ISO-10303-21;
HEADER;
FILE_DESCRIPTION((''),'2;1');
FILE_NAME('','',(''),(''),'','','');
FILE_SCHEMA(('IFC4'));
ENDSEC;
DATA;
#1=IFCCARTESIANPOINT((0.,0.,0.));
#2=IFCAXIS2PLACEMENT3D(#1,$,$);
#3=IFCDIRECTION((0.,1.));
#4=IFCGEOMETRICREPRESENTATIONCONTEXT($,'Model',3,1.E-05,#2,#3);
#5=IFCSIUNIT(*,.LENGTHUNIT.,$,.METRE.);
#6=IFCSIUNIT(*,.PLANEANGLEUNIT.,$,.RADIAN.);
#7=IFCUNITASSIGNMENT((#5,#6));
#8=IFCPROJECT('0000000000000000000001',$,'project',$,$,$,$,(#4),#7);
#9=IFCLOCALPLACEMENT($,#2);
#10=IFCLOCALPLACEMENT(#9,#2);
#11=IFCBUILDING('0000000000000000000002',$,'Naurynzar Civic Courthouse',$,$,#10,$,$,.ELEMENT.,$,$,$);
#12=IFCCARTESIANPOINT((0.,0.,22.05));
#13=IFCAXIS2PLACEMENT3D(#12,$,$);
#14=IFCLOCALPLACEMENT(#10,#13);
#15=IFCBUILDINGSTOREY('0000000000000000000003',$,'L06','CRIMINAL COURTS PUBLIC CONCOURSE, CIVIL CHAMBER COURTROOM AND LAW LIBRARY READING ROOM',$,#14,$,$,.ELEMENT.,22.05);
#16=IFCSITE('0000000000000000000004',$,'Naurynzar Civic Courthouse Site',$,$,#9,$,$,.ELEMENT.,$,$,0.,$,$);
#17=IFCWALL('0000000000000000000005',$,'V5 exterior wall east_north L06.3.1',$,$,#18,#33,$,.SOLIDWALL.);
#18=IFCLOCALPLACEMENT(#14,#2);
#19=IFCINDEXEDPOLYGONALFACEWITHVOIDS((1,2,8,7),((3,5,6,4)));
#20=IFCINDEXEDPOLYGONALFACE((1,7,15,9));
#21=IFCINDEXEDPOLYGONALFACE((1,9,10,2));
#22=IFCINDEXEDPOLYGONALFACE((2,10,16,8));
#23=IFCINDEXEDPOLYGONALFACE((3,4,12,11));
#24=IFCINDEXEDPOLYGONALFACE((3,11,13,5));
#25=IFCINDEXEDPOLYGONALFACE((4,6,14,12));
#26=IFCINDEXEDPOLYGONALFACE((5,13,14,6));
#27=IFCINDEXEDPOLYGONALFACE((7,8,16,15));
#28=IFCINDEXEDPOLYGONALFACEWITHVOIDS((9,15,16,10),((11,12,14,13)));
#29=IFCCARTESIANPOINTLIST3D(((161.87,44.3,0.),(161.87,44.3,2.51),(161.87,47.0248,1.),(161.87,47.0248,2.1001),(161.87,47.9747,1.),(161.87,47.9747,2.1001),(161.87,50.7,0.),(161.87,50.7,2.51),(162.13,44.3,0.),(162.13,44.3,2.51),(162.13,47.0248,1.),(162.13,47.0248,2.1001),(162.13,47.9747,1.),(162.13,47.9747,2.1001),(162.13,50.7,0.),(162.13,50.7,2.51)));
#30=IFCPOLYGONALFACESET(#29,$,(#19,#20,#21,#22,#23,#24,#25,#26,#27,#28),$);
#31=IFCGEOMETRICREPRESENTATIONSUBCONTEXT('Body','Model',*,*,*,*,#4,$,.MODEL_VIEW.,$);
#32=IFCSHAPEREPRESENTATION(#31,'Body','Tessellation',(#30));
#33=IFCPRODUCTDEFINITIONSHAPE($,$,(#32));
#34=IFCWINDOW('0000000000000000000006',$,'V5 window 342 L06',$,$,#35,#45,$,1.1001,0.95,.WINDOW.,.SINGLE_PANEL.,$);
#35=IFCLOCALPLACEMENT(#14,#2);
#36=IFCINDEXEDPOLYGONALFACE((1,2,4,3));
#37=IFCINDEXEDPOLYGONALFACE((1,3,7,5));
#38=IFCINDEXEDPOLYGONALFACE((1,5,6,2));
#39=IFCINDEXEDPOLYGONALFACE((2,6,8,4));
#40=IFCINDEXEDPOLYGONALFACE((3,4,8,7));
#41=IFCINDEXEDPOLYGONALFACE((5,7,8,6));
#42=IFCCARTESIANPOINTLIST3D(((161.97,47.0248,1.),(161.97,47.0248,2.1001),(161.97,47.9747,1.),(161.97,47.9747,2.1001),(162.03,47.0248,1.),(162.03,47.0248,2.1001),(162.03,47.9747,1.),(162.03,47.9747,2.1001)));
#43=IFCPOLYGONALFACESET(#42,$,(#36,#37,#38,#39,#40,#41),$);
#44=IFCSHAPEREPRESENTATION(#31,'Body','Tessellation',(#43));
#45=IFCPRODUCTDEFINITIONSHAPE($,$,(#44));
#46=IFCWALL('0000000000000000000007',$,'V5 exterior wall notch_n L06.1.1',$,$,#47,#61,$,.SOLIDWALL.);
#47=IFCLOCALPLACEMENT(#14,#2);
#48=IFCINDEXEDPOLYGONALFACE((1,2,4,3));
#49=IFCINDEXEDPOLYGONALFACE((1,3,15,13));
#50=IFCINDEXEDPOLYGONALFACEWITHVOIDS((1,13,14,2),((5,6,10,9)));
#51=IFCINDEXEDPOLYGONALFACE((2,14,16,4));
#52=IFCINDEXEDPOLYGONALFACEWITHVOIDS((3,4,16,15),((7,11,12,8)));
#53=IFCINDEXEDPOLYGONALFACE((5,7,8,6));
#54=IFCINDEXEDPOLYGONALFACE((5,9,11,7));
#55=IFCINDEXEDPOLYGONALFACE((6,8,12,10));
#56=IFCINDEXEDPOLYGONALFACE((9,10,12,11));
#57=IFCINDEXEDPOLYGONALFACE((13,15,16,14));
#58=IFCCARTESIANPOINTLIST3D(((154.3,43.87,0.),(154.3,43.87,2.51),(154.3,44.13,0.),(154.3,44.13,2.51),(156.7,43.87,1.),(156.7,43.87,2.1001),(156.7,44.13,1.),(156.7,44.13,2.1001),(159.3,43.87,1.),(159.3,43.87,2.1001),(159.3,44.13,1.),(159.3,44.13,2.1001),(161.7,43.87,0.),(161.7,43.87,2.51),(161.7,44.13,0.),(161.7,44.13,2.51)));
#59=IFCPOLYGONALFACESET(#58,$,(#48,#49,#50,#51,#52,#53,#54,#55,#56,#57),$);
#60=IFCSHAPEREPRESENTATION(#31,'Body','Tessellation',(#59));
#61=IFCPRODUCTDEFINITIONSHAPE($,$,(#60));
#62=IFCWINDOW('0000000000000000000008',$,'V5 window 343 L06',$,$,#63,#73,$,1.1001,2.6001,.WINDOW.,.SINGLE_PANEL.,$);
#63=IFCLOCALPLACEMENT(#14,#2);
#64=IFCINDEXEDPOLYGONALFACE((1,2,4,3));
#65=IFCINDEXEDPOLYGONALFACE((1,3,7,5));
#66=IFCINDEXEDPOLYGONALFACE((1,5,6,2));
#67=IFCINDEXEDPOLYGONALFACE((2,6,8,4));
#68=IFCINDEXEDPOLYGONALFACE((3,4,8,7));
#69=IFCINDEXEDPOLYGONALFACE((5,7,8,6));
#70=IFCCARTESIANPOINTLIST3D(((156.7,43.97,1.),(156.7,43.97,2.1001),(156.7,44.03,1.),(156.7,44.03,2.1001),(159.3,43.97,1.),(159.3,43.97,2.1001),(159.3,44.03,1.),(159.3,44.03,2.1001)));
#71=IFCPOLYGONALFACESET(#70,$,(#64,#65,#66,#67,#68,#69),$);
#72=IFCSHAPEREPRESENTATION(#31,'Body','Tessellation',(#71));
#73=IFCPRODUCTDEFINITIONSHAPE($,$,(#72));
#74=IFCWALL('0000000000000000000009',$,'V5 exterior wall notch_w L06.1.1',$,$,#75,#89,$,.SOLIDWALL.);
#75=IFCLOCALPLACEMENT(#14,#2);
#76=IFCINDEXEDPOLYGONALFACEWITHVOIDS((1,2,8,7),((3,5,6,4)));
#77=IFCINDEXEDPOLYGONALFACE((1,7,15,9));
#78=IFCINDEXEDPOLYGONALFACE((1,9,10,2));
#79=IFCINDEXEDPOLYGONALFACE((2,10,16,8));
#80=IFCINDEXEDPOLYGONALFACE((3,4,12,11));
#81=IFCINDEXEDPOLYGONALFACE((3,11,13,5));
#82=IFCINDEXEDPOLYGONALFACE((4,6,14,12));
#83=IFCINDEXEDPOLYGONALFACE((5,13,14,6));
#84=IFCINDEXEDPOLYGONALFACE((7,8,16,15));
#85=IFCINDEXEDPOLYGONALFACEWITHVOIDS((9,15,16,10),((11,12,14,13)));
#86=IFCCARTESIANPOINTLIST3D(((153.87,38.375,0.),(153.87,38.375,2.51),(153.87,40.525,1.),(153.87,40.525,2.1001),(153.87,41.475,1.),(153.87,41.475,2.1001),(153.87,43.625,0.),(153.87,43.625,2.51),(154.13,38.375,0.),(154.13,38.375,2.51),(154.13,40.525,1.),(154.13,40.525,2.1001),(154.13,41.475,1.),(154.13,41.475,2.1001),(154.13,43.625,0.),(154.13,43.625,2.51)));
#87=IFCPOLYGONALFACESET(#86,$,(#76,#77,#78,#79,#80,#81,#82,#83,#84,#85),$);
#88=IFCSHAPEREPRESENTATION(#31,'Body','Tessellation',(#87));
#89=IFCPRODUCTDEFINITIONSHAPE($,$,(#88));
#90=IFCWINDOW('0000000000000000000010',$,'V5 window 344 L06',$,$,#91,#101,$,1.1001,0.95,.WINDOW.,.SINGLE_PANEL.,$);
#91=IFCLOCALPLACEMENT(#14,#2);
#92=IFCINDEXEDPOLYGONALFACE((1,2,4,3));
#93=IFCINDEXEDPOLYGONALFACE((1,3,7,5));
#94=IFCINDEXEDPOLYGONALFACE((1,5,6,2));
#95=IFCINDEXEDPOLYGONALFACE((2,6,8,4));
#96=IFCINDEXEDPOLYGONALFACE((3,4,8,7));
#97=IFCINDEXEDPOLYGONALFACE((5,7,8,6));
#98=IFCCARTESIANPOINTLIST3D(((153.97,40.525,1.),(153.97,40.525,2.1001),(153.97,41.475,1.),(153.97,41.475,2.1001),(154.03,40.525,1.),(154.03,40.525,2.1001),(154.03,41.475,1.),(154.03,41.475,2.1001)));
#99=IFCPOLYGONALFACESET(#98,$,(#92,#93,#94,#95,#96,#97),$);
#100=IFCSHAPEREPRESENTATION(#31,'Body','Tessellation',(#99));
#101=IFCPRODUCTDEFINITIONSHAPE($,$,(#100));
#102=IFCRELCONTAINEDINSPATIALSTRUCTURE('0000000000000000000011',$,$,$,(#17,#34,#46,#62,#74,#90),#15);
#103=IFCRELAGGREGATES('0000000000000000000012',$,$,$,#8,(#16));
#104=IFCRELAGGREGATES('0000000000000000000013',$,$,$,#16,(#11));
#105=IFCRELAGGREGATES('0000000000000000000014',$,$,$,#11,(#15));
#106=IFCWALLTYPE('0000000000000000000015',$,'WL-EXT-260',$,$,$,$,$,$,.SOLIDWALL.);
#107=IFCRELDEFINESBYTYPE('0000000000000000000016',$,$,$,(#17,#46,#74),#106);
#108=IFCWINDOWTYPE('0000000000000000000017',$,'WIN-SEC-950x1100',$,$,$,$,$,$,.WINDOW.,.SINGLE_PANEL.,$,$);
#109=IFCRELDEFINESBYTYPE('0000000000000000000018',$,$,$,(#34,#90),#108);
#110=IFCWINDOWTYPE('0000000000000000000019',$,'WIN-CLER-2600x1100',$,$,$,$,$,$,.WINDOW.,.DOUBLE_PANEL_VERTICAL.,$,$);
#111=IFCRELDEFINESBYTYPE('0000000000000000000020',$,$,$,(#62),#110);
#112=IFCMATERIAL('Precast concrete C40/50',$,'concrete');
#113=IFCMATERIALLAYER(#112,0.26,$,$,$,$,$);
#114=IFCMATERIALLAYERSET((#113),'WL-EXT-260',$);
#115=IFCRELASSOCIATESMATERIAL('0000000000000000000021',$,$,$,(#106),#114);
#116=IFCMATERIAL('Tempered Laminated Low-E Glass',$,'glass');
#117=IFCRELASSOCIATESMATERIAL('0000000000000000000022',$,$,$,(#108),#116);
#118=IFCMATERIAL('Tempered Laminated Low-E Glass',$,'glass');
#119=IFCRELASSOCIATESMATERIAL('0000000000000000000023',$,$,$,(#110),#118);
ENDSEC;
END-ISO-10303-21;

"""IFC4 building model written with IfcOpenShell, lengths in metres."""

from ifc_helpers import new_model, si_unit, direction, frame, frame_2d, origin, place, context, subcontext, project, spatial, rectangle, extrude, material, layer, layer_set, type_object, element, fill, save


model = new_model("IFC4")

# Units and contexts
model_context = context("Model", 3, precision=1e-05, world=origin(), true_north=direction((0.0, 1.0)))
body_context = subcontext(model_context, "Body", "Model", "MODEL_VIEW")
ifc_project = project(units=[si_unit("LENGTHUNIT", "METRE"), si_unit("PLANEANGLEUNIT", "RADIAN")], contexts=[model_context])

# Site, building, storey
site_placement = place(None, origin())
site = spatial("IfcSite", under=ifc_project, at=site_placement, Name="Naurynzar Civic Courthouse Site", CompositionType="ELEMENT", RefElevation=0.0)
building_placement = place(site_placement, origin())
building = spatial("IfcBuilding", under=site, at=building_placement, Name="Naurynzar Civic Courthouse", CompositionType="ELEMENT")
storey_placement = place(building_placement, frame((0.0, 0.0, 22.05)))
storey = spatial("IfcBuildingStorey", under=building, at=storey_placement, Name="L06", Description="CRIMINAL COURTS PUBLIC CONCOURSE, CIVIL CHAMBER COURTROOM AND LAW LIBRARY READING ROOM", CompositionType="ELEMENT", Elevation=22.05)

# Walls, openings, windows
ifc_material_1 = material(Name="Precast concrete C40/50", Category="concrete")
ifc_layer_1 = layer(ifc_material_1, 0.26)
ifc_layer_set_1 = layer_set([ifc_layer_1], Name="WL-EXT-260")
wall_type_1 = type_object("IfcWallType", Name="WL-EXT-260", PredefinedType="SOLIDWALL", material=ifc_layer_set_1)
wall_1_placement = place(storey_placement, frame((162.0, 50.7, 0.0), z_axis=(0.0, 0.0, 1.0), x_axis=(0.0, -1.0, 0.0)))
wall_1 = element("IfcWall", 1, at=wall_1_placement, inside=storey, type_object=wall_type_1, Name="V5 exterior wall east_north L06.3.1", PredefinedType="SOLIDWALL", context=body_context, shape_type="SweptSolid", body=[
    extrude(rectangle(XDim=6.3999, YDim=0.26, at=frame_2d((3.2, 0.0))), origin(), (0.0, 0.0, 1.0), 2.51),
])
opening_1_placement = place(wall_1_placement, frame((2.7251, 0.0, 1.0)))
opening_1 = element("IfcOpeningElement", 2, at=opening_1_placement, cuts=wall_1, PredefinedType="OPENING", context=body_context, shape_type="SweptSolid", body=[
    extrude(rectangle(XDim=0.95, YDim=1.1001, at=frame_2d((0.4751, 0.55))), frame((0.0, 0.1399, 0.0), z_axis=(0.0, -1.0, 0.0), x_axis=(1.0, 0.0, 0.0)), (0.0, 0.0, 1.0), 0.28),
])
ifc_material_2 = material(Name="Tempered Laminated Low-E Glass", Category="glass")
window_type_1 = type_object("IfcWindowType", Name="WIN-SEC-950x1100", PartitioningType="SINGLE_PANEL", PredefinedType="WINDOW", material=ifc_material_2)
window_1_placement = place(opening_1_placement, origin())
window_1 = element("IfcWindow", 3, at=window_1_placement, inside=storey, type_object=window_type_1, Name="V5 window 342 L06", OverallHeight=1.1001, OverallWidth=0.95, PartitioningType="SINGLE_PANEL", PredefinedType="WINDOW", context=body_context, shape_type="SweptSolid", body=[
    extrude(rectangle(XDim=0.95, YDim=1.1001, at=frame_2d((0.4751, 0.55))), frame((0.0, 0.03, 0.0), z_axis=(0.0, -1.0, 0.0), x_axis=(1.0, 0.0, 0.0)), (0.0, 0.0, 1.0), 0.0601),
])
fill(opening_1, window_1)
wall_2_placement = place(storey_placement, frame((161.7, 44.0, 0.0), z_axis=(0.0, 0.0, 1.0), x_axis=(-1.0, 0.0, 0.0)))
wall_2 = element("IfcWall", 4, at=wall_2_placement, inside=storey, type_object=wall_type_1, Name="V5 exterior wall notch_n L06.1.1", PredefinedType="SOLIDWALL", context=body_context, shape_type="SweptSolid", body=[
    extrude(rectangle(XDim=7.3999, YDim=0.26, at=frame_2d((3.7, 0.0))), origin(), (0.0, 0.0, 1.0), 2.51),
])
opening_2_placement = place(wall_2_placement, frame((2.3999, 0.0, 1.0)))
opening_2 = element("IfcOpeningElement", 5, at=opening_2_placement, cuts=wall_2, PredefinedType="OPENING", context=body_context, shape_type="SweptSolid", body=[
    extrude(rectangle(XDim=2.6001, YDim=1.1001, at=frame_2d((1.3, 0.55))), frame((0.0, 0.1399, 0.0), z_axis=(0.0, -1.0, 0.0), x_axis=(1.0, 0.0, 0.0)), (0.0, 0.0, 1.0), 0.28),
])
ifc_material_3 = material(Name="Tempered Laminated Low-E Glass", Category="glass")
window_type_2 = type_object("IfcWindowType", Name="WIN-CLER-2600x1100", PartitioningType="DOUBLE_PANEL_VERTICAL", PredefinedType="WINDOW", material=ifc_material_3)
window_2_placement = place(opening_2_placement, origin())
window_2 = element("IfcWindow", 6, at=window_2_placement, inside=storey, type_object=window_type_2, Name="V5 window 343 L06", OverallHeight=1.1001, OverallWidth=2.6001, PartitioningType="SINGLE_PANEL", PredefinedType="WINDOW", context=body_context, shape_type="SweptSolid", body=[
    extrude(rectangle(XDim=2.6001, YDim=1.1001, at=frame_2d((1.3, 0.55))), frame((0.0, 0.03, 0.0), z_axis=(0.0, -1.0, 0.0), x_axis=(1.0, 0.0, 0.0)), (0.0, 0.0, 1.0), 0.0601),
])
fill(opening_2, window_2)
wall_3_placement = place(storey_placement, frame((154.0, 43.625, 0.0), z_axis=(0.0, 0.0, 1.0), x_axis=(0.0, -1.0, 0.0)))
wall_3 = element("IfcWall", 7, at=wall_3_placement, inside=storey, type_object=wall_type_1, Name="V5 exterior wall notch_w L06.1.1", PredefinedType="SOLIDWALL", context=body_context, shape_type="SweptSolid", body=[
    extrude(rectangle(XDim=5.25, YDim=0.26, at=frame_2d((2.625, 0.0))), origin(), (0.0, 0.0, 1.0), 2.51),
])
opening_3_placement = place(wall_3_placement, frame((2.1499, 0.0, 1.0)))
opening_3 = element("IfcOpeningElement", 8, at=opening_3_placement, cuts=wall_3, PredefinedType="OPENING", context=body_context, shape_type="SweptSolid", body=[
    extrude(rectangle(XDim=0.95, YDim=1.1001, at=frame_2d((0.4751, 0.55))), frame((0.0, 0.1399, 0.0), z_axis=(0.0, -1.0, 0.0), x_axis=(1.0, 0.0, 0.0)), (0.0, 0.0, 1.0), 0.28),
])
window_3_placement = place(opening_3_placement, origin())
window_3 = element("IfcWindow", 9, at=window_3_placement, inside=storey, type_object=window_type_1, Name="V5 window 344 L06", OverallHeight=1.1001, OverallWidth=0.95, PartitioningType="SINGLE_PANEL", PredefinedType="WINDOW", context=body_context, shape_type="SweptSolid", body=[
    extrude(rectangle(XDim=0.95, YDim=1.1001, at=frame_2d((0.4751, 0.55))), frame((0.0, 0.03, 0.0), z_axis=(0.0, -1.0, 0.0), x_axis=(1.0, 0.0, 0.0)), (0.0, 0.0, 1.0), 0.0601),
])
fill(opening_3, window_3)

save(model, "model.ifc")
